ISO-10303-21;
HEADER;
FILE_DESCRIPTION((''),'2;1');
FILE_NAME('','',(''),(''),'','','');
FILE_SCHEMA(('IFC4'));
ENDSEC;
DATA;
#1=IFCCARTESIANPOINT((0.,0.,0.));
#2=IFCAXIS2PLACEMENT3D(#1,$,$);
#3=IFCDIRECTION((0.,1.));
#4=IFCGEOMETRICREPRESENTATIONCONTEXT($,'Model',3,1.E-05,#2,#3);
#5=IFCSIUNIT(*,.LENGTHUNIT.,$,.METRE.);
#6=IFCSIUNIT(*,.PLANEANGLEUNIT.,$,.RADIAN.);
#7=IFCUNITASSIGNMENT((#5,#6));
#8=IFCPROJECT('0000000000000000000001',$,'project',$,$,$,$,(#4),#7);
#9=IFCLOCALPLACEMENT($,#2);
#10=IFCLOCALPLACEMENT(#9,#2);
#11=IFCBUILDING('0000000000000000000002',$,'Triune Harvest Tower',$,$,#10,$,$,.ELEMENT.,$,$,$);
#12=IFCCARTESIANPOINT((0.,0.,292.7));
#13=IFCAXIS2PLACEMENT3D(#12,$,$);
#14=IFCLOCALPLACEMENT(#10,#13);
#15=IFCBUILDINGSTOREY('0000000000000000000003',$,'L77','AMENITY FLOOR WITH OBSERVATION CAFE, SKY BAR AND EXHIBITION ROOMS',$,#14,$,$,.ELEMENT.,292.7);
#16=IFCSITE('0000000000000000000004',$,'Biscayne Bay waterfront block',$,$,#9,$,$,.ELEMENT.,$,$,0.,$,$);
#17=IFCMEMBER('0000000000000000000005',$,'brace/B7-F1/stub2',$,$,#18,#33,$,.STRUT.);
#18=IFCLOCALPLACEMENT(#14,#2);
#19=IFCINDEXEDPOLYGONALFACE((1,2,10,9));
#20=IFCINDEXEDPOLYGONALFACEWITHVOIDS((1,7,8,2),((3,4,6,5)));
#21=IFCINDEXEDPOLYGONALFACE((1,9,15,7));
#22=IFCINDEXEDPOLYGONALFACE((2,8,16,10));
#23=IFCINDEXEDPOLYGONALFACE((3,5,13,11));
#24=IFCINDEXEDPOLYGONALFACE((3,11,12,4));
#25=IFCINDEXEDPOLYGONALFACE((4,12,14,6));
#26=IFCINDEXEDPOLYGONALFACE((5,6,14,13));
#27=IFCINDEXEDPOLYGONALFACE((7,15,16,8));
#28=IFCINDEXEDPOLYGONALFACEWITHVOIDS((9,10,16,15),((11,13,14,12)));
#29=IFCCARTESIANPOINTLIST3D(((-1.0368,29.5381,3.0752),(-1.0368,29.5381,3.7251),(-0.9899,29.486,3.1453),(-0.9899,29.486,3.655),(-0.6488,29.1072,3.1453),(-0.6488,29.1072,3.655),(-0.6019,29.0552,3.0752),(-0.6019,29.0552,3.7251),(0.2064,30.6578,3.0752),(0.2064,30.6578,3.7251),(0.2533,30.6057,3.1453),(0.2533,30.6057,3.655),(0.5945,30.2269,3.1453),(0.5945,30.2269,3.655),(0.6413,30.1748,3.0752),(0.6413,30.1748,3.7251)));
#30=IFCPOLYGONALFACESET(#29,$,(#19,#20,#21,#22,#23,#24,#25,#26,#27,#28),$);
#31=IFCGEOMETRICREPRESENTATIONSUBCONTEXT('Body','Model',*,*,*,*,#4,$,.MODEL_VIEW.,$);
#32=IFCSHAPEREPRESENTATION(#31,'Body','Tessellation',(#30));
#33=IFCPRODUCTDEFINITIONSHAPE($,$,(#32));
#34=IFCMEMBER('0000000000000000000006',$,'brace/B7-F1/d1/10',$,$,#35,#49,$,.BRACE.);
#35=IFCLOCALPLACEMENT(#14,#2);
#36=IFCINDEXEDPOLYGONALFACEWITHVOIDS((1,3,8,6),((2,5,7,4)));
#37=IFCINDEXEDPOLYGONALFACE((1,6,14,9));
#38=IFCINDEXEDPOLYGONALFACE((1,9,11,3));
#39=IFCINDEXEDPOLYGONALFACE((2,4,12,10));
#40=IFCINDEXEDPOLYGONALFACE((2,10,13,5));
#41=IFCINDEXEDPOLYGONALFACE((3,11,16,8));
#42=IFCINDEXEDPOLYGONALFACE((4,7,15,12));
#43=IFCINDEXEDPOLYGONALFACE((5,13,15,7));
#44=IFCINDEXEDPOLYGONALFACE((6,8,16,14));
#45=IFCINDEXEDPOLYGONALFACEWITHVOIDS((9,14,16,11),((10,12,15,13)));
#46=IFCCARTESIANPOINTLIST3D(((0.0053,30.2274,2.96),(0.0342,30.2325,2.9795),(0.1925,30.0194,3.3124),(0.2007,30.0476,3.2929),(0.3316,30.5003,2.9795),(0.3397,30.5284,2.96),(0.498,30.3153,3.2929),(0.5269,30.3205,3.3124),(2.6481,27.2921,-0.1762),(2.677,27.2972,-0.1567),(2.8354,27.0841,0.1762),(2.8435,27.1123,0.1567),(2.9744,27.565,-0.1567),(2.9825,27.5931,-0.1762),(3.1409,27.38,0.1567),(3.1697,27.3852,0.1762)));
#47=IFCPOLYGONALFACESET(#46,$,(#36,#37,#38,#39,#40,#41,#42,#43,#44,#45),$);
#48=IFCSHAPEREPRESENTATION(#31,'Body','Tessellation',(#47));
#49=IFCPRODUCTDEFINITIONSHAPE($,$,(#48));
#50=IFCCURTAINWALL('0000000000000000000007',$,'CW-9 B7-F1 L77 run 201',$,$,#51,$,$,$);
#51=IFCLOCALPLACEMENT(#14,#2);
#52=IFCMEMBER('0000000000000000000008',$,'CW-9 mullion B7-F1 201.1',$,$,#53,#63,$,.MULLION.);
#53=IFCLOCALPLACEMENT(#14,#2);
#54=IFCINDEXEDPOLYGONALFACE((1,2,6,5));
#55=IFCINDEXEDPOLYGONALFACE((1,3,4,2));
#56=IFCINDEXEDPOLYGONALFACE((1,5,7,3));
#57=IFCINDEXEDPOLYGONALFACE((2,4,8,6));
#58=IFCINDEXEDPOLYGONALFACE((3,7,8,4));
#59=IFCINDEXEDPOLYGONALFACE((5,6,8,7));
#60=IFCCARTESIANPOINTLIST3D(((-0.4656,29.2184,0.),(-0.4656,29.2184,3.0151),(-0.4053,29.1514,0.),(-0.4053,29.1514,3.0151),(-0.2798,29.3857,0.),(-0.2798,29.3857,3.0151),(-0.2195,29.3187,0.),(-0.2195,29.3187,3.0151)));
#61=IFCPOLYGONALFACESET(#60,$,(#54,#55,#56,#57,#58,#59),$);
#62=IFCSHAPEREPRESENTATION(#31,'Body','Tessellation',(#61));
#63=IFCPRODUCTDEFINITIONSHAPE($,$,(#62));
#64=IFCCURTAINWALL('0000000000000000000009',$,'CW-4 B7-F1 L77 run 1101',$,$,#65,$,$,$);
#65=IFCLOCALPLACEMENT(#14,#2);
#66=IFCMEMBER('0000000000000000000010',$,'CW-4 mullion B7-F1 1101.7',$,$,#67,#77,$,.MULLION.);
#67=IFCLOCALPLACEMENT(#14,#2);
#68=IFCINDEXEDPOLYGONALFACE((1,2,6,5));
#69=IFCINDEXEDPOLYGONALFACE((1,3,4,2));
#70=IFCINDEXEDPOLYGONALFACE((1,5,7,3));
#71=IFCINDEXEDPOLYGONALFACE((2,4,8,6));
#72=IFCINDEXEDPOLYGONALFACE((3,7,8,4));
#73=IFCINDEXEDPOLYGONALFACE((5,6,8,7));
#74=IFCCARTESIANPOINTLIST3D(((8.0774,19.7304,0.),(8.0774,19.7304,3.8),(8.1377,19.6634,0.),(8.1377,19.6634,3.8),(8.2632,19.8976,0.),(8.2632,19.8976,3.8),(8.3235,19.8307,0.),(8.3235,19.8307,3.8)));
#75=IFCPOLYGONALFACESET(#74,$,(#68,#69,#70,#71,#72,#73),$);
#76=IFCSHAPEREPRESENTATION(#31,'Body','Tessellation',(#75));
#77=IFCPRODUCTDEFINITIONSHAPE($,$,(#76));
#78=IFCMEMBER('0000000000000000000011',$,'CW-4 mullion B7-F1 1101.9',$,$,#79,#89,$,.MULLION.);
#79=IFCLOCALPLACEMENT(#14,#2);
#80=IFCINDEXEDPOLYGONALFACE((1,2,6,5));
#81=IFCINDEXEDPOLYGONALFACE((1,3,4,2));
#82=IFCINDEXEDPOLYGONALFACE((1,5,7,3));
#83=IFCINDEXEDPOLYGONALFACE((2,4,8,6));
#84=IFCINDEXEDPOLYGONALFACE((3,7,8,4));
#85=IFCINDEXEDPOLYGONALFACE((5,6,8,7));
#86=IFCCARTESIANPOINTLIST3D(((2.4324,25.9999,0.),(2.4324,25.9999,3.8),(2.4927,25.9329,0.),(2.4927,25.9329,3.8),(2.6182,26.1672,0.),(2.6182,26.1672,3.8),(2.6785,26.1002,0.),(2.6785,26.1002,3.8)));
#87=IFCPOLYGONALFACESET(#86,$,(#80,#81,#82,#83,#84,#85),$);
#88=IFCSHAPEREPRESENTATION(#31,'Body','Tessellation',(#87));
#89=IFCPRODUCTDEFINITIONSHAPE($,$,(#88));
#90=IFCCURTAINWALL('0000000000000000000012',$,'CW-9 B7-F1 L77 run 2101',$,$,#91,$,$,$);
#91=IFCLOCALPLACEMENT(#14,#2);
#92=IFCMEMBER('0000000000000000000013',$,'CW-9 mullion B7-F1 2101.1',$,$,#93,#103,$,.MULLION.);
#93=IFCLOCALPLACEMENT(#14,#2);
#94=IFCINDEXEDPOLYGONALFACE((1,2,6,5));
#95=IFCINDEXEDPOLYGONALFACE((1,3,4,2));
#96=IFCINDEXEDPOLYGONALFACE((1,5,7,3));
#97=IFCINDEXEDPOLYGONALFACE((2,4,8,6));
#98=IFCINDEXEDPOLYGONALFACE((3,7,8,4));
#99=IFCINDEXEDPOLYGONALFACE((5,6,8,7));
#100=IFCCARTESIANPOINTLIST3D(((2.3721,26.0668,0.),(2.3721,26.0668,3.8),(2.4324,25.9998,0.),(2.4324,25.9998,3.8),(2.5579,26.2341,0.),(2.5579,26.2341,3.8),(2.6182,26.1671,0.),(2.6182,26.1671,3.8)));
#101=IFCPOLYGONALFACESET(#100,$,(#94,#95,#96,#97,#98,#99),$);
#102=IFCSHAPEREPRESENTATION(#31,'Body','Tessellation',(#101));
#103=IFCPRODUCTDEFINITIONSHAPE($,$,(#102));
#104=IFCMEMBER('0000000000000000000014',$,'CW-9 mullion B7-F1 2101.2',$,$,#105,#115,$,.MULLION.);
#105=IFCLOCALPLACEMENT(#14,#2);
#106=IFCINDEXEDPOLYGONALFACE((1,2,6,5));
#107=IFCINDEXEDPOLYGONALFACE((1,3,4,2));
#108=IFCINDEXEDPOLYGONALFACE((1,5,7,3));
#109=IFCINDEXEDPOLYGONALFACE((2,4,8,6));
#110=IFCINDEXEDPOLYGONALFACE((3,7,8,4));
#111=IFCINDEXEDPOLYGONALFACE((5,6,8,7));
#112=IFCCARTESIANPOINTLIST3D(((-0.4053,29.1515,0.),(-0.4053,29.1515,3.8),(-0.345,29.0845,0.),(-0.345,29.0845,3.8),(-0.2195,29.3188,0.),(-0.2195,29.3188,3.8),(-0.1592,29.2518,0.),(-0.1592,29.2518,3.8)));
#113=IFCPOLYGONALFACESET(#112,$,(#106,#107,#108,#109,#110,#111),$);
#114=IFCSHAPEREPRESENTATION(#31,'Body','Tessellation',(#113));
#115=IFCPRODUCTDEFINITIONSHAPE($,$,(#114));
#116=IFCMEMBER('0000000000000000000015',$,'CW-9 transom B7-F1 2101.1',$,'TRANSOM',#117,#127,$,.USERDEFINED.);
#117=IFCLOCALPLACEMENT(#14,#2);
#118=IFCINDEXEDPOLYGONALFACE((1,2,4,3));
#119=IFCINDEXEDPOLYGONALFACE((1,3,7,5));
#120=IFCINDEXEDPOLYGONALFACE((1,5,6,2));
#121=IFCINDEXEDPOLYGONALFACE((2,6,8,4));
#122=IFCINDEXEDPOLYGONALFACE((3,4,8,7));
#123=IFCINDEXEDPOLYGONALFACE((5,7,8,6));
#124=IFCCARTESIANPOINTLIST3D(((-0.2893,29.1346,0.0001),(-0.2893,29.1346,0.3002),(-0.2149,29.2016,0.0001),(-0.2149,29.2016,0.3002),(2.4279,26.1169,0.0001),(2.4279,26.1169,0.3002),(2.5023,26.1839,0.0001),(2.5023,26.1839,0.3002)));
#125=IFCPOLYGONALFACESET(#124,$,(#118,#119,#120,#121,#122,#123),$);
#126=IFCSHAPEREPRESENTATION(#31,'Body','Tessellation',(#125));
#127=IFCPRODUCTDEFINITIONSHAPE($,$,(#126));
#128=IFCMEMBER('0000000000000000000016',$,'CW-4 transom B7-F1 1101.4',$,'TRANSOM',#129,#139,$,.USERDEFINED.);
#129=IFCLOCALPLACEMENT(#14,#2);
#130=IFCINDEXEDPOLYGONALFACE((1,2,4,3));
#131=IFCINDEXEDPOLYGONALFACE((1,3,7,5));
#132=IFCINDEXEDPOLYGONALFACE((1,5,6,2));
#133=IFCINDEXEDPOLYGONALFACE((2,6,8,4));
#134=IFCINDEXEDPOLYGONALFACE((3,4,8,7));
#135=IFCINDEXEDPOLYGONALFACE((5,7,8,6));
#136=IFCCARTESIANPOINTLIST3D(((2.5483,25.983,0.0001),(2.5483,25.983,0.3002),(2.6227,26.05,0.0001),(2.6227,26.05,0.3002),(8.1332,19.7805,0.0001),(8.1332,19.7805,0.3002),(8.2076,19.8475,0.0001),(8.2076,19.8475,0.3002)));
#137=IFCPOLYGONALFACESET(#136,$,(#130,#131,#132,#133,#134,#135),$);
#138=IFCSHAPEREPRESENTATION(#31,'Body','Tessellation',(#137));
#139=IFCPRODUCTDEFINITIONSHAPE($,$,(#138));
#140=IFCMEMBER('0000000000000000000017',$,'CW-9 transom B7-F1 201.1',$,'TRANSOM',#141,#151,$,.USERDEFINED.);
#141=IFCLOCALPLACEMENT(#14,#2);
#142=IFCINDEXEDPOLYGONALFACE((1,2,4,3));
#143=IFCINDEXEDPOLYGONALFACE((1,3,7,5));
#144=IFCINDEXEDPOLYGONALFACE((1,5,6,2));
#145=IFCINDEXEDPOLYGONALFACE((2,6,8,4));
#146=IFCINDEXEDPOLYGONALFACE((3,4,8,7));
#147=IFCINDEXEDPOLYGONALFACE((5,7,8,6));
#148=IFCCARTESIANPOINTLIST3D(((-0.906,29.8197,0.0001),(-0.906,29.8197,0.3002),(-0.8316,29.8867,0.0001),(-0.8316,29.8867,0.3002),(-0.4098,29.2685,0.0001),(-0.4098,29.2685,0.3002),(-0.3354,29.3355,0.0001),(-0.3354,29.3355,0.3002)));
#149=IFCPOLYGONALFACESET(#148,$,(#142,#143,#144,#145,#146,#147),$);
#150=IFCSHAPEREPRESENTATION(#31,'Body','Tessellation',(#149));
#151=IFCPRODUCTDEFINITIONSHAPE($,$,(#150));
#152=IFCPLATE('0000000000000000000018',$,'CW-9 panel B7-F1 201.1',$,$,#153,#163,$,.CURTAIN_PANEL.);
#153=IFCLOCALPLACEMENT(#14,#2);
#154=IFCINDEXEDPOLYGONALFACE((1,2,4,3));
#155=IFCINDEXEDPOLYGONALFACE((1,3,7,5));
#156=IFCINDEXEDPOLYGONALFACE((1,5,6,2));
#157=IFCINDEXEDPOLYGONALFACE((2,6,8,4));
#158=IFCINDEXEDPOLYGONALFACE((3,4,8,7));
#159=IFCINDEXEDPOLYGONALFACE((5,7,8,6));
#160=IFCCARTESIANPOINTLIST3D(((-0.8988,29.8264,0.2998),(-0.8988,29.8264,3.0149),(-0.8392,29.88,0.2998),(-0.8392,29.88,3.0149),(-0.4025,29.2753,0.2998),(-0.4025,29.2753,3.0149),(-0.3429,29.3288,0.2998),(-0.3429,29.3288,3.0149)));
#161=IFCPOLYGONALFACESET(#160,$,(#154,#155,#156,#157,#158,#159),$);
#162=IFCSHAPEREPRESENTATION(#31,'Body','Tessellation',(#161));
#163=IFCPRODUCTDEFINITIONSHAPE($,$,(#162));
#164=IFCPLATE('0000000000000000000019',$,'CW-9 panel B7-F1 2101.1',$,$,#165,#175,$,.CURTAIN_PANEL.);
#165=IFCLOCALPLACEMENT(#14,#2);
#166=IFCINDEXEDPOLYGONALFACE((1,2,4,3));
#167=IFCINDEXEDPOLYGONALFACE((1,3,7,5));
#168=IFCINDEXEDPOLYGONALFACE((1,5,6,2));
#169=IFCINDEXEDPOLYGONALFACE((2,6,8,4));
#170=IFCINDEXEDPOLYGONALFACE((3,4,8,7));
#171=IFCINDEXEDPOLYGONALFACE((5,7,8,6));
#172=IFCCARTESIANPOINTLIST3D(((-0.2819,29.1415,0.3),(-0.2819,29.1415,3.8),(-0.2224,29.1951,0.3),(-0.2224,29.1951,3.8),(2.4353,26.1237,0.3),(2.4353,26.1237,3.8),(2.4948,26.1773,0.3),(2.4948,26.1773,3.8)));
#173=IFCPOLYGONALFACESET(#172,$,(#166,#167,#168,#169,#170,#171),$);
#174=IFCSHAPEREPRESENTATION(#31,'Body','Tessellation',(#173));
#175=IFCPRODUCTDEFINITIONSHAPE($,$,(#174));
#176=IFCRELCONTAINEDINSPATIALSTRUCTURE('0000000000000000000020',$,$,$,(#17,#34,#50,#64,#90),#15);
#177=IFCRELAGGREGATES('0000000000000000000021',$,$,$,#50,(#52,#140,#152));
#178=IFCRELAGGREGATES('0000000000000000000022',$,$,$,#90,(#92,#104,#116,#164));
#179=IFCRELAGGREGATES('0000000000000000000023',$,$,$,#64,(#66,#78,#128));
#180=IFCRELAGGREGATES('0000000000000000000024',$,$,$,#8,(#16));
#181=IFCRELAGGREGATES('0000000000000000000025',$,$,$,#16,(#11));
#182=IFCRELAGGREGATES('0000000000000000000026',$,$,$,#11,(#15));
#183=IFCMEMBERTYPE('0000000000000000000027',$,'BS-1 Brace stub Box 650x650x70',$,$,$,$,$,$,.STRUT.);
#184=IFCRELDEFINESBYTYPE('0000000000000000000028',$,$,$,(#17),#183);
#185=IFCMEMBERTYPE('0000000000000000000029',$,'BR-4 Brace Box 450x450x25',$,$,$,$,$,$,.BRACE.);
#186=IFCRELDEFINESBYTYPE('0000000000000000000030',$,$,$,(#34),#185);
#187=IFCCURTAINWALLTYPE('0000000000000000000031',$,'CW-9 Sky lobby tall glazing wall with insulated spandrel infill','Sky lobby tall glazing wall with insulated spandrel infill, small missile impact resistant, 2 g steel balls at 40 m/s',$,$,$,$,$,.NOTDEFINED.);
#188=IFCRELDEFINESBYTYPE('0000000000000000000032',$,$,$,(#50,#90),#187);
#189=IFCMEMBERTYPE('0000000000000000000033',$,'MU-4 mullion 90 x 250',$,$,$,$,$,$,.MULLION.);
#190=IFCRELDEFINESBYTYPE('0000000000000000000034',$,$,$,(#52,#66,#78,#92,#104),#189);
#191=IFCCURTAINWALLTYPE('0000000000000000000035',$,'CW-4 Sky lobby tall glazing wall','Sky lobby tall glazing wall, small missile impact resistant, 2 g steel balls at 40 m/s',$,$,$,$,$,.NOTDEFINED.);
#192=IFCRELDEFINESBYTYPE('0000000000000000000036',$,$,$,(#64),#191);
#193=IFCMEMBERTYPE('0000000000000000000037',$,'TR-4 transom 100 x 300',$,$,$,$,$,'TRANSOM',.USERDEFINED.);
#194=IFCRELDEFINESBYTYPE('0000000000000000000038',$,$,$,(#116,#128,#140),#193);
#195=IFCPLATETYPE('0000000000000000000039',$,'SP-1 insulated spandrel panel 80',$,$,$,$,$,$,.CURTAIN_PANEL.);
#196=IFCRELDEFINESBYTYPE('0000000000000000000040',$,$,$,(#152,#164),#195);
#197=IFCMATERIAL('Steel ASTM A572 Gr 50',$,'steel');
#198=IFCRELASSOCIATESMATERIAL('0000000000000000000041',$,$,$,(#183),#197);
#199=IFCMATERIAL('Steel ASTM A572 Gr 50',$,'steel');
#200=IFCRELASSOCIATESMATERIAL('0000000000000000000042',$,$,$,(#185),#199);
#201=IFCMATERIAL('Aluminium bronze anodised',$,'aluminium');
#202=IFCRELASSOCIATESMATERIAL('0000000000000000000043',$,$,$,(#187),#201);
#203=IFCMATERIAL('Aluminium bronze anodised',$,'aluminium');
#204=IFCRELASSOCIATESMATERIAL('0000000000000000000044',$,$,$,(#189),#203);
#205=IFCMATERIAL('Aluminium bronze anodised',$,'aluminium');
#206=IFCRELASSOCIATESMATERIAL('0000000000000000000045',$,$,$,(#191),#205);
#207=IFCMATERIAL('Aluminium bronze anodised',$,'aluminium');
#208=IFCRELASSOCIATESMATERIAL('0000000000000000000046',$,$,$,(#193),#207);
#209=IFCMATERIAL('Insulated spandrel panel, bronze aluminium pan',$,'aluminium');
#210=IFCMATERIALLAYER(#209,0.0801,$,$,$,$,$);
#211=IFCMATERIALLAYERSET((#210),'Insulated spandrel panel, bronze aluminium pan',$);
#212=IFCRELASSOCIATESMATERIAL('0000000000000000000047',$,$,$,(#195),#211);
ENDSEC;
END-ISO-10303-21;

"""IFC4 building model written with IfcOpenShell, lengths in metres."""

from ifc_helpers import new_model, si_unit, direction, frame, origin, origin_2d, place, context, subcontext, project, spatial, rectangle, hollow_rectangle, extrude, source, transform, mapped, material, layer, layer_set, material_profile, profile_set, type_object, element, aggregate, save


model = new_model("IFC4")

# Units and contexts
model_context = context("Model", 3, precision=1e-05, world=origin(), true_north=direction((0.0, 1.0)))
body_context = subcontext(model_context, "Body", "Model", "MODEL_VIEW")
ifc_project = project(units=[si_unit("LENGTHUNIT", "METRE"), si_unit("PLANEANGLEUNIT", "RADIAN")], contexts=[model_context])

# Site, building, storey
site_placement = place(None, origin())
site = spatial("IfcSite", under=ifc_project, at=site_placement, Name="Biscayne Bay waterfront block", CompositionType="ELEMENT", RefElevation=0.0)
building_placement = place(site_placement, origin())
building = spatial("IfcBuilding", under=site, at=building_placement, Name="Triune Harvest Tower", CompositionType="ELEMENT")
storey_placement = place(building_placement, frame((0.0, 0.0, 292.7)))
storey = spatial("IfcBuildingStorey", under=building, at=storey_placement, Name="L77", Description="AMENITY FLOOR WITH OBSERVATION CAFE, SKY BAR AND EXHIBITION ROOMS", CompositionType="ELEMENT", Elevation=292.7)

# Members
ifc_material_1 = material(Name="Steel ASTM A572 Gr 50", Category="steel")
ifc_material_profile_1 = material_profile(ifc_material_1, hollow_rectangle(XDim=0.6499, YDim=0.6499, WallThickness=0.0701, at=origin_2d()), Name="Box 650x650x70")
ifc_profile_set_1 = profile_set([ifc_material_profile_1], Name="Steel ASTM A572 Gr 50")
member_type_1 = type_object("IfcMemberType", Name="BS-1 Brace stub Box 650x650x70", PredefinedType="STRUT", material=ifc_profile_set_1)
shared_shape_1 = source(origin(), body_context, "Body", "SweptSolid", [
    extrude(hollow_rectangle(XDim=0.6499, YDim=0.6499, WallThickness=0.0701, at=origin_2d()), origin(), (0.0, 0.0, 1.0), 1.6731),
])
member_1_placement = place(storey_placement, frame((-0.8193, 29.2966, 3.4001), z_axis=(0.743062, 0.669223, 0.0), x_axis=(-0.669223, 0.743062, 0.0)))
element("IfcMember", 1, at=member_1_placement, inside=storey, type_object=member_type_1, Name="brace/B7-F1/stub2", PredefinedType="STRUT", context=body_context, shape_type="MappedRepresentation", body=[
    mapped(shared_shape_1, transform((0.0, 0.0, 0.0), scale=1.0)),
])
ifc_material_2 = material(Name="Steel ASTM A572 Gr 50", Category="steel")
ifc_material_profile_2 = material_profile(ifc_material_2, hollow_rectangle(XDim=0.45, YDim=0.45, WallThickness=0.0249, at=origin_2d()), Name="Box 450x450x25")
ifc_profile_set_2 = profile_set([ifc_material_profile_2], Name="Steel ASTM A572 Gr 50")
member_type_2 = type_object("IfcMemberType", Name="BR-4 Brace Box 450x450x25", PredefinedType="BRACE", material=ifc_profile_set_2)
shared_shape_2 = source(origin(), body_context, "Body", "SweptSolid", [
    extrude(hollow_rectangle(XDim=0.45, YDim=0.45, WallThickness=0.0249, at=origin_2d()), origin(), (0.0, 0.0, 1.0), 5.0435),
])
member_2_placement = place(storey_placement, frame((2.9089, 27.3386, 0.0), z_axis=(-0.52401, 0.582002, 0.621841), x_axis=(-0.743162, -0.669112, 0.0)))
element("IfcMember", 2, at=member_2_placement, inside=storey, type_object=member_type_2, Name="brace/B7-F1/d1/10", PredefinedType="BRACE", context=body_context, shape_type="MappedRepresentation", body=[
    mapped(shared_shape_2, transform((0.0, 0.0, 0.0), scale=1.0)),
])

# Curtain wall, member
ifc_material_3 = material(Name="Aluminium bronze anodised", Category="aluminium")
curtain_wall_type_1 = type_object("IfcCurtainWallType", Name="CW-9 Sky lobby tall glazing wall with insulated spandrel infill", Description="Sky lobby tall glazing wall with insulated spandrel infill, small missile impact resistant, 2 g steel balls at 40 m/s", PredefinedType="NOTDEFINED", material=ifc_material_3)
curtain_wall_1_placement = place(storey_placement, origin())
curtain_wall_1 = element("IfcCurtainWall", 3, at=curtain_wall_1_placement, inside=storey, type_object=curtain_wall_type_1, Name="CW-9 B7-F1 L77 run 201")
ifc_material_4 = material(Name="Aluminium bronze anodised", Category="aluminium")
ifc_material_profile_3 = material_profile(ifc_material_4, rectangle(XDim=0.25, YDim=0.0901, at=origin_2d()), Name="MU-4 mullion 90 x 250")
ifc_profile_set_3 = profile_set([ifc_material_profile_3], Name="Aluminium bronze anodised")
member_type_3 = type_object("IfcMemberType", Name="MU-4 mullion 90 x 250", PredefinedType="MULLION", material=ifc_profile_set_3)
shared_shape_3 = source(origin(), body_context, "Body", "SweptSolid", [
    extrude(rectangle(XDim=0.25, YDim=0.0901, at=origin_2d()), origin(), (0.0, 0.0, 1.0), 3.0151),
])
member_3_placement = place(storey_placement, frame((-0.3425, 29.2686, 0.0), z_axis=(0.0, 0.0, 1.0), x_axis=(-0.743132, -0.669145, 0.0)))
member_3 = element("IfcMember", 4, at=member_3_placement, type_object=member_type_3, Name="CW-9 mullion B7-F1 201.1", PredefinedType="MULLION", context=body_context, shape_type="MappedRepresentation", body=[
    mapped(shared_shape_3, transform((0.0, 0.0, 0.0), scale=1.0)),
])

# Curtain walls, members
ifc_material_5 = material(Name="Aluminium bronze anodised", Category="aluminium")
curtain_wall_type_2 = type_object("IfcCurtainWallType", Name="CW-4 Sky lobby tall glazing wall", Description="Sky lobby tall glazing wall, small missile impact resistant, 2 g steel balls at 40 m/s", PredefinedType="NOTDEFINED", material=ifc_material_5)
curtain_wall_2_placement = place(storey_placement, origin())
curtain_wall_2 = element("IfcCurtainWall", 5, at=curtain_wall_2_placement, inside=storey, type_object=curtain_wall_type_2, Name="CW-4 B7-F1 L77 run 1101")
shared_shape_4 = source(origin(), body_context, "Body", "SweptSolid", [
    extrude(rectangle(XDim=0.25, YDim=0.0901, at=origin_2d()), origin(), (0.0, 0.0, 1.0), 3.8),
])
member_4_placement = place(storey_placement, frame((8.2004, 19.7805, 0.0), z_axis=(0.0, 0.0, 1.0), x_axis=(-0.743143, -0.669132, 0.0)))
member_4 = element("IfcMember", 6, at=member_4_placement, type_object=member_type_3, Name="CW-4 mullion B7-F1 1101.7", PredefinedType="MULLION", context=body_context, shape_type="MappedRepresentation", body=[
    mapped(shared_shape_4, transform((0.0, 0.0, 0.0), scale=1.0)),
])
member_5_placement = place(storey_placement, frame((2.5554, 26.05, 0.0), z_axis=(0.0, 0.0, 1.0), x_axis=(-0.743143, -0.669132, 0.0)))
member_5 = element("IfcMember", 7, at=member_5_placement, type_object=member_type_3, Name="CW-4 mullion B7-F1 1101.9", PredefinedType="MULLION", context=body_context, shape_type="MappedRepresentation", body=[
    mapped(shared_shape_4, transform((0.0, 0.0, 0.0), scale=1.0)),
])
curtain_wall_3_placement = place(storey_placement, origin())
curtain_wall_3 = element("IfcCurtainWall", 8, at=curtain_wall_3_placement, inside=storey, type_object=curtain_wall_type_1, Name="CW-9 B7-F1 L77 run 2101")
member_6_placement = place(storey_placement, frame((2.4951, 26.1169, 0.0), z_axis=(0.0, 0.0, 1.0), x_axis=(-0.743148, -0.669128, 0.0)))
member_6 = element("IfcMember", 9, at=member_6_placement, type_object=member_type_3, Name="CW-9 mullion B7-F1 2101.1", PredefinedType="MULLION", context=body_context, shape_type="MappedRepresentation", body=[
    mapped(shared_shape_4, transform((0.0, 0.0, 0.0), scale=1.0)),
])
member_7_placement = place(storey_placement, frame((-0.2822, 29.2017, 0.0), z_axis=(0.0, 0.0, 1.0), x_axis=(-0.743148, -0.669128, 0.0)))
member_7 = element("IfcMember", 10, at=member_7_placement, type_object=member_type_3, Name="CW-9 mullion B7-F1 2101.2", PredefinedType="MULLION", context=body_context, shape_type="MappedRepresentation", body=[
    mapped(shared_shape_4, transform((0.0, 0.0, 0.0), scale=1.0)),
])
ifc_material_6 = material(Name="Aluminium bronze anodised", Category="aluminium")
ifc_material_profile_4 = material_profile(ifc_material_6, rectangle(XDim=0.1001, YDim=0.3, at=origin_2d()), Name="TR-4 transom 100 x 300")
ifc_profile_set_4 = profile_set([ifc_material_profile_4], Name="Aluminium bronze anodised")
member_type_4 = type_object("IfcMemberType", Name="TR-4 transom 100 x 300", ElementType="TRANSOM", PredefinedType="USERDEFINED", material=ifc_profile_set_4)
shared_shape_5 = source(origin(), body_context, "Body", "SweptSolid", [
    extrude(rectangle(XDim=0.1001, YDim=0.3, at=origin_2d()), origin(), (0.0, 0.0, 1.0), 4.0608),
])
member_8_placement = place(storey_placement, frame((2.4651, 26.1504, 0.1501), z_axis=(-0.669134, 0.743142, 0.0), x_axis=(-0.743142, -0.669134, 0.0)))
member_8 = element("IfcMember", 11, at=member_8_placement, type_object=member_type_4, Name="CW-9 transom B7-F1 2101.1", ObjectType="TRANSOM", PredefinedType="USERDEFINED", context=body_context, shape_type="MappedRepresentation", body=[
    mapped(shared_shape_5, transform((0.0, 0.0, 0.0), scale=1.0)),
])

# Members
shared_shape_6 = source(origin(), body_context, "Body", "SweptSolid", [
    extrude(rectangle(XDim=0.1001, YDim=0.3, at=origin_2d()), origin(), (0.0, 0.0, 1.0), 8.3464),
])
member_9_placement = place(storey_placement, frame((8.1704, 19.814, 0.1501), z_axis=(-0.669136, 0.74314, 0.0), x_axis=(-0.74314, -0.669136, 0.0)))
member_9 = element("IfcMember", 12, at=member_9_placement, type_object=member_type_4, Name="CW-4 transom B7-F1 1101.4", ObjectType="TRANSOM", PredefinedType="USERDEFINED", context=body_context, shape_type="MappedRepresentation", body=[
    mapped(shared_shape_6, transform((0.0, 0.0, 0.0), scale=1.0)),
])
shared_shape_7 = source(origin(), body_context, "Body", "SweptSolid", [
    extrude(rectangle(XDim=0.1001, YDim=0.3, at=origin_2d()), origin(), (0.0, 0.0, 1.0), 0.7417),
])
member_10_placement = place(storey_placement, frame((-0.3726, 29.302, 0.1501), z_axis=(-0.66911, 0.743163, 0.0), x_axis=(-0.743163, -0.66911, 0.0)))
member_10 = element("IfcMember", 13, at=member_10_placement, type_object=member_type_4, Name="CW-9 transom B7-F1 201.1", ObjectType="TRANSOM", PredefinedType="USERDEFINED", context=body_context, shape_type="MappedRepresentation", body=[
    mapped(shared_shape_7, transform((0.0, 0.0, 0.0), scale=1.0)),
])

# Plates
ifc_material_7 = material(Name="Insulated spandrel panel, bronze aluminium pan", Category="aluminium")
ifc_layer_1 = layer(ifc_material_7, 0.0801)
ifc_layer_set_1 = layer_set([ifc_layer_1], Name="Insulated spandrel panel, bronze aluminium pan")
plate_type_1 = type_object("IfcPlateType", Name="SP-1 insulated spandrel panel 80", PredefinedType="CURTAIN_PANEL", material=ifc_layer_set_1)
plate_1_placement = place(storey_placement, frame((-0.6208, 29.5776, 0.2998), z_axis=(0.0, 0.0, 1.0), x_axis=(-0.669145, 0.743132, 0.0)))
plate_1 = element("IfcPlate", 14, at=plate_1_placement, type_object=plate_type_1, Name="CW-9 panel B7-F1 201.1", PredefinedType="CURTAIN_PANEL", context=body_context, shape_type="SweptSolid", body=[
    extrude(rectangle(XDim=0.7417, YDim=0.0801, at=origin_2d()), origin(), (0.0, 0.0, 1.0), 2.7151),
])
aggregate(curtain_wall_1, [member_3, member_10, plate_1])
shared_shape_8 = source(origin(), body_context, "Body", "SweptSolid", [
    extrude(rectangle(XDim=4.0608, YDim=0.0801, at=origin_2d()), origin(), (0.0, 0.0, 1.0), 3.5),
])
plate_2_placement = place(storey_placement, frame((1.1064, 27.6594, 0.3), z_axis=(0.0, 0.0, 1.0), x_axis=(-0.669128, 0.743148, 0.0)))
plate_2 = element("IfcPlate", 15, at=plate_2_placement, type_object=plate_type_1, Name="CW-9 panel B7-F1 2101.1", PredefinedType="CURTAIN_PANEL", context=body_context, shape_type="MappedRepresentation", body=[
    mapped(shared_shape_8, transform((0.0, 0.0, 0.0), scale=1.0)),
])
aggregate(curtain_wall_3, [member_6, member_7, member_8, plate_2])
aggregate(curtain_wall_2, [member_4, member_5, member_9])

save(model, "model.ifc")
